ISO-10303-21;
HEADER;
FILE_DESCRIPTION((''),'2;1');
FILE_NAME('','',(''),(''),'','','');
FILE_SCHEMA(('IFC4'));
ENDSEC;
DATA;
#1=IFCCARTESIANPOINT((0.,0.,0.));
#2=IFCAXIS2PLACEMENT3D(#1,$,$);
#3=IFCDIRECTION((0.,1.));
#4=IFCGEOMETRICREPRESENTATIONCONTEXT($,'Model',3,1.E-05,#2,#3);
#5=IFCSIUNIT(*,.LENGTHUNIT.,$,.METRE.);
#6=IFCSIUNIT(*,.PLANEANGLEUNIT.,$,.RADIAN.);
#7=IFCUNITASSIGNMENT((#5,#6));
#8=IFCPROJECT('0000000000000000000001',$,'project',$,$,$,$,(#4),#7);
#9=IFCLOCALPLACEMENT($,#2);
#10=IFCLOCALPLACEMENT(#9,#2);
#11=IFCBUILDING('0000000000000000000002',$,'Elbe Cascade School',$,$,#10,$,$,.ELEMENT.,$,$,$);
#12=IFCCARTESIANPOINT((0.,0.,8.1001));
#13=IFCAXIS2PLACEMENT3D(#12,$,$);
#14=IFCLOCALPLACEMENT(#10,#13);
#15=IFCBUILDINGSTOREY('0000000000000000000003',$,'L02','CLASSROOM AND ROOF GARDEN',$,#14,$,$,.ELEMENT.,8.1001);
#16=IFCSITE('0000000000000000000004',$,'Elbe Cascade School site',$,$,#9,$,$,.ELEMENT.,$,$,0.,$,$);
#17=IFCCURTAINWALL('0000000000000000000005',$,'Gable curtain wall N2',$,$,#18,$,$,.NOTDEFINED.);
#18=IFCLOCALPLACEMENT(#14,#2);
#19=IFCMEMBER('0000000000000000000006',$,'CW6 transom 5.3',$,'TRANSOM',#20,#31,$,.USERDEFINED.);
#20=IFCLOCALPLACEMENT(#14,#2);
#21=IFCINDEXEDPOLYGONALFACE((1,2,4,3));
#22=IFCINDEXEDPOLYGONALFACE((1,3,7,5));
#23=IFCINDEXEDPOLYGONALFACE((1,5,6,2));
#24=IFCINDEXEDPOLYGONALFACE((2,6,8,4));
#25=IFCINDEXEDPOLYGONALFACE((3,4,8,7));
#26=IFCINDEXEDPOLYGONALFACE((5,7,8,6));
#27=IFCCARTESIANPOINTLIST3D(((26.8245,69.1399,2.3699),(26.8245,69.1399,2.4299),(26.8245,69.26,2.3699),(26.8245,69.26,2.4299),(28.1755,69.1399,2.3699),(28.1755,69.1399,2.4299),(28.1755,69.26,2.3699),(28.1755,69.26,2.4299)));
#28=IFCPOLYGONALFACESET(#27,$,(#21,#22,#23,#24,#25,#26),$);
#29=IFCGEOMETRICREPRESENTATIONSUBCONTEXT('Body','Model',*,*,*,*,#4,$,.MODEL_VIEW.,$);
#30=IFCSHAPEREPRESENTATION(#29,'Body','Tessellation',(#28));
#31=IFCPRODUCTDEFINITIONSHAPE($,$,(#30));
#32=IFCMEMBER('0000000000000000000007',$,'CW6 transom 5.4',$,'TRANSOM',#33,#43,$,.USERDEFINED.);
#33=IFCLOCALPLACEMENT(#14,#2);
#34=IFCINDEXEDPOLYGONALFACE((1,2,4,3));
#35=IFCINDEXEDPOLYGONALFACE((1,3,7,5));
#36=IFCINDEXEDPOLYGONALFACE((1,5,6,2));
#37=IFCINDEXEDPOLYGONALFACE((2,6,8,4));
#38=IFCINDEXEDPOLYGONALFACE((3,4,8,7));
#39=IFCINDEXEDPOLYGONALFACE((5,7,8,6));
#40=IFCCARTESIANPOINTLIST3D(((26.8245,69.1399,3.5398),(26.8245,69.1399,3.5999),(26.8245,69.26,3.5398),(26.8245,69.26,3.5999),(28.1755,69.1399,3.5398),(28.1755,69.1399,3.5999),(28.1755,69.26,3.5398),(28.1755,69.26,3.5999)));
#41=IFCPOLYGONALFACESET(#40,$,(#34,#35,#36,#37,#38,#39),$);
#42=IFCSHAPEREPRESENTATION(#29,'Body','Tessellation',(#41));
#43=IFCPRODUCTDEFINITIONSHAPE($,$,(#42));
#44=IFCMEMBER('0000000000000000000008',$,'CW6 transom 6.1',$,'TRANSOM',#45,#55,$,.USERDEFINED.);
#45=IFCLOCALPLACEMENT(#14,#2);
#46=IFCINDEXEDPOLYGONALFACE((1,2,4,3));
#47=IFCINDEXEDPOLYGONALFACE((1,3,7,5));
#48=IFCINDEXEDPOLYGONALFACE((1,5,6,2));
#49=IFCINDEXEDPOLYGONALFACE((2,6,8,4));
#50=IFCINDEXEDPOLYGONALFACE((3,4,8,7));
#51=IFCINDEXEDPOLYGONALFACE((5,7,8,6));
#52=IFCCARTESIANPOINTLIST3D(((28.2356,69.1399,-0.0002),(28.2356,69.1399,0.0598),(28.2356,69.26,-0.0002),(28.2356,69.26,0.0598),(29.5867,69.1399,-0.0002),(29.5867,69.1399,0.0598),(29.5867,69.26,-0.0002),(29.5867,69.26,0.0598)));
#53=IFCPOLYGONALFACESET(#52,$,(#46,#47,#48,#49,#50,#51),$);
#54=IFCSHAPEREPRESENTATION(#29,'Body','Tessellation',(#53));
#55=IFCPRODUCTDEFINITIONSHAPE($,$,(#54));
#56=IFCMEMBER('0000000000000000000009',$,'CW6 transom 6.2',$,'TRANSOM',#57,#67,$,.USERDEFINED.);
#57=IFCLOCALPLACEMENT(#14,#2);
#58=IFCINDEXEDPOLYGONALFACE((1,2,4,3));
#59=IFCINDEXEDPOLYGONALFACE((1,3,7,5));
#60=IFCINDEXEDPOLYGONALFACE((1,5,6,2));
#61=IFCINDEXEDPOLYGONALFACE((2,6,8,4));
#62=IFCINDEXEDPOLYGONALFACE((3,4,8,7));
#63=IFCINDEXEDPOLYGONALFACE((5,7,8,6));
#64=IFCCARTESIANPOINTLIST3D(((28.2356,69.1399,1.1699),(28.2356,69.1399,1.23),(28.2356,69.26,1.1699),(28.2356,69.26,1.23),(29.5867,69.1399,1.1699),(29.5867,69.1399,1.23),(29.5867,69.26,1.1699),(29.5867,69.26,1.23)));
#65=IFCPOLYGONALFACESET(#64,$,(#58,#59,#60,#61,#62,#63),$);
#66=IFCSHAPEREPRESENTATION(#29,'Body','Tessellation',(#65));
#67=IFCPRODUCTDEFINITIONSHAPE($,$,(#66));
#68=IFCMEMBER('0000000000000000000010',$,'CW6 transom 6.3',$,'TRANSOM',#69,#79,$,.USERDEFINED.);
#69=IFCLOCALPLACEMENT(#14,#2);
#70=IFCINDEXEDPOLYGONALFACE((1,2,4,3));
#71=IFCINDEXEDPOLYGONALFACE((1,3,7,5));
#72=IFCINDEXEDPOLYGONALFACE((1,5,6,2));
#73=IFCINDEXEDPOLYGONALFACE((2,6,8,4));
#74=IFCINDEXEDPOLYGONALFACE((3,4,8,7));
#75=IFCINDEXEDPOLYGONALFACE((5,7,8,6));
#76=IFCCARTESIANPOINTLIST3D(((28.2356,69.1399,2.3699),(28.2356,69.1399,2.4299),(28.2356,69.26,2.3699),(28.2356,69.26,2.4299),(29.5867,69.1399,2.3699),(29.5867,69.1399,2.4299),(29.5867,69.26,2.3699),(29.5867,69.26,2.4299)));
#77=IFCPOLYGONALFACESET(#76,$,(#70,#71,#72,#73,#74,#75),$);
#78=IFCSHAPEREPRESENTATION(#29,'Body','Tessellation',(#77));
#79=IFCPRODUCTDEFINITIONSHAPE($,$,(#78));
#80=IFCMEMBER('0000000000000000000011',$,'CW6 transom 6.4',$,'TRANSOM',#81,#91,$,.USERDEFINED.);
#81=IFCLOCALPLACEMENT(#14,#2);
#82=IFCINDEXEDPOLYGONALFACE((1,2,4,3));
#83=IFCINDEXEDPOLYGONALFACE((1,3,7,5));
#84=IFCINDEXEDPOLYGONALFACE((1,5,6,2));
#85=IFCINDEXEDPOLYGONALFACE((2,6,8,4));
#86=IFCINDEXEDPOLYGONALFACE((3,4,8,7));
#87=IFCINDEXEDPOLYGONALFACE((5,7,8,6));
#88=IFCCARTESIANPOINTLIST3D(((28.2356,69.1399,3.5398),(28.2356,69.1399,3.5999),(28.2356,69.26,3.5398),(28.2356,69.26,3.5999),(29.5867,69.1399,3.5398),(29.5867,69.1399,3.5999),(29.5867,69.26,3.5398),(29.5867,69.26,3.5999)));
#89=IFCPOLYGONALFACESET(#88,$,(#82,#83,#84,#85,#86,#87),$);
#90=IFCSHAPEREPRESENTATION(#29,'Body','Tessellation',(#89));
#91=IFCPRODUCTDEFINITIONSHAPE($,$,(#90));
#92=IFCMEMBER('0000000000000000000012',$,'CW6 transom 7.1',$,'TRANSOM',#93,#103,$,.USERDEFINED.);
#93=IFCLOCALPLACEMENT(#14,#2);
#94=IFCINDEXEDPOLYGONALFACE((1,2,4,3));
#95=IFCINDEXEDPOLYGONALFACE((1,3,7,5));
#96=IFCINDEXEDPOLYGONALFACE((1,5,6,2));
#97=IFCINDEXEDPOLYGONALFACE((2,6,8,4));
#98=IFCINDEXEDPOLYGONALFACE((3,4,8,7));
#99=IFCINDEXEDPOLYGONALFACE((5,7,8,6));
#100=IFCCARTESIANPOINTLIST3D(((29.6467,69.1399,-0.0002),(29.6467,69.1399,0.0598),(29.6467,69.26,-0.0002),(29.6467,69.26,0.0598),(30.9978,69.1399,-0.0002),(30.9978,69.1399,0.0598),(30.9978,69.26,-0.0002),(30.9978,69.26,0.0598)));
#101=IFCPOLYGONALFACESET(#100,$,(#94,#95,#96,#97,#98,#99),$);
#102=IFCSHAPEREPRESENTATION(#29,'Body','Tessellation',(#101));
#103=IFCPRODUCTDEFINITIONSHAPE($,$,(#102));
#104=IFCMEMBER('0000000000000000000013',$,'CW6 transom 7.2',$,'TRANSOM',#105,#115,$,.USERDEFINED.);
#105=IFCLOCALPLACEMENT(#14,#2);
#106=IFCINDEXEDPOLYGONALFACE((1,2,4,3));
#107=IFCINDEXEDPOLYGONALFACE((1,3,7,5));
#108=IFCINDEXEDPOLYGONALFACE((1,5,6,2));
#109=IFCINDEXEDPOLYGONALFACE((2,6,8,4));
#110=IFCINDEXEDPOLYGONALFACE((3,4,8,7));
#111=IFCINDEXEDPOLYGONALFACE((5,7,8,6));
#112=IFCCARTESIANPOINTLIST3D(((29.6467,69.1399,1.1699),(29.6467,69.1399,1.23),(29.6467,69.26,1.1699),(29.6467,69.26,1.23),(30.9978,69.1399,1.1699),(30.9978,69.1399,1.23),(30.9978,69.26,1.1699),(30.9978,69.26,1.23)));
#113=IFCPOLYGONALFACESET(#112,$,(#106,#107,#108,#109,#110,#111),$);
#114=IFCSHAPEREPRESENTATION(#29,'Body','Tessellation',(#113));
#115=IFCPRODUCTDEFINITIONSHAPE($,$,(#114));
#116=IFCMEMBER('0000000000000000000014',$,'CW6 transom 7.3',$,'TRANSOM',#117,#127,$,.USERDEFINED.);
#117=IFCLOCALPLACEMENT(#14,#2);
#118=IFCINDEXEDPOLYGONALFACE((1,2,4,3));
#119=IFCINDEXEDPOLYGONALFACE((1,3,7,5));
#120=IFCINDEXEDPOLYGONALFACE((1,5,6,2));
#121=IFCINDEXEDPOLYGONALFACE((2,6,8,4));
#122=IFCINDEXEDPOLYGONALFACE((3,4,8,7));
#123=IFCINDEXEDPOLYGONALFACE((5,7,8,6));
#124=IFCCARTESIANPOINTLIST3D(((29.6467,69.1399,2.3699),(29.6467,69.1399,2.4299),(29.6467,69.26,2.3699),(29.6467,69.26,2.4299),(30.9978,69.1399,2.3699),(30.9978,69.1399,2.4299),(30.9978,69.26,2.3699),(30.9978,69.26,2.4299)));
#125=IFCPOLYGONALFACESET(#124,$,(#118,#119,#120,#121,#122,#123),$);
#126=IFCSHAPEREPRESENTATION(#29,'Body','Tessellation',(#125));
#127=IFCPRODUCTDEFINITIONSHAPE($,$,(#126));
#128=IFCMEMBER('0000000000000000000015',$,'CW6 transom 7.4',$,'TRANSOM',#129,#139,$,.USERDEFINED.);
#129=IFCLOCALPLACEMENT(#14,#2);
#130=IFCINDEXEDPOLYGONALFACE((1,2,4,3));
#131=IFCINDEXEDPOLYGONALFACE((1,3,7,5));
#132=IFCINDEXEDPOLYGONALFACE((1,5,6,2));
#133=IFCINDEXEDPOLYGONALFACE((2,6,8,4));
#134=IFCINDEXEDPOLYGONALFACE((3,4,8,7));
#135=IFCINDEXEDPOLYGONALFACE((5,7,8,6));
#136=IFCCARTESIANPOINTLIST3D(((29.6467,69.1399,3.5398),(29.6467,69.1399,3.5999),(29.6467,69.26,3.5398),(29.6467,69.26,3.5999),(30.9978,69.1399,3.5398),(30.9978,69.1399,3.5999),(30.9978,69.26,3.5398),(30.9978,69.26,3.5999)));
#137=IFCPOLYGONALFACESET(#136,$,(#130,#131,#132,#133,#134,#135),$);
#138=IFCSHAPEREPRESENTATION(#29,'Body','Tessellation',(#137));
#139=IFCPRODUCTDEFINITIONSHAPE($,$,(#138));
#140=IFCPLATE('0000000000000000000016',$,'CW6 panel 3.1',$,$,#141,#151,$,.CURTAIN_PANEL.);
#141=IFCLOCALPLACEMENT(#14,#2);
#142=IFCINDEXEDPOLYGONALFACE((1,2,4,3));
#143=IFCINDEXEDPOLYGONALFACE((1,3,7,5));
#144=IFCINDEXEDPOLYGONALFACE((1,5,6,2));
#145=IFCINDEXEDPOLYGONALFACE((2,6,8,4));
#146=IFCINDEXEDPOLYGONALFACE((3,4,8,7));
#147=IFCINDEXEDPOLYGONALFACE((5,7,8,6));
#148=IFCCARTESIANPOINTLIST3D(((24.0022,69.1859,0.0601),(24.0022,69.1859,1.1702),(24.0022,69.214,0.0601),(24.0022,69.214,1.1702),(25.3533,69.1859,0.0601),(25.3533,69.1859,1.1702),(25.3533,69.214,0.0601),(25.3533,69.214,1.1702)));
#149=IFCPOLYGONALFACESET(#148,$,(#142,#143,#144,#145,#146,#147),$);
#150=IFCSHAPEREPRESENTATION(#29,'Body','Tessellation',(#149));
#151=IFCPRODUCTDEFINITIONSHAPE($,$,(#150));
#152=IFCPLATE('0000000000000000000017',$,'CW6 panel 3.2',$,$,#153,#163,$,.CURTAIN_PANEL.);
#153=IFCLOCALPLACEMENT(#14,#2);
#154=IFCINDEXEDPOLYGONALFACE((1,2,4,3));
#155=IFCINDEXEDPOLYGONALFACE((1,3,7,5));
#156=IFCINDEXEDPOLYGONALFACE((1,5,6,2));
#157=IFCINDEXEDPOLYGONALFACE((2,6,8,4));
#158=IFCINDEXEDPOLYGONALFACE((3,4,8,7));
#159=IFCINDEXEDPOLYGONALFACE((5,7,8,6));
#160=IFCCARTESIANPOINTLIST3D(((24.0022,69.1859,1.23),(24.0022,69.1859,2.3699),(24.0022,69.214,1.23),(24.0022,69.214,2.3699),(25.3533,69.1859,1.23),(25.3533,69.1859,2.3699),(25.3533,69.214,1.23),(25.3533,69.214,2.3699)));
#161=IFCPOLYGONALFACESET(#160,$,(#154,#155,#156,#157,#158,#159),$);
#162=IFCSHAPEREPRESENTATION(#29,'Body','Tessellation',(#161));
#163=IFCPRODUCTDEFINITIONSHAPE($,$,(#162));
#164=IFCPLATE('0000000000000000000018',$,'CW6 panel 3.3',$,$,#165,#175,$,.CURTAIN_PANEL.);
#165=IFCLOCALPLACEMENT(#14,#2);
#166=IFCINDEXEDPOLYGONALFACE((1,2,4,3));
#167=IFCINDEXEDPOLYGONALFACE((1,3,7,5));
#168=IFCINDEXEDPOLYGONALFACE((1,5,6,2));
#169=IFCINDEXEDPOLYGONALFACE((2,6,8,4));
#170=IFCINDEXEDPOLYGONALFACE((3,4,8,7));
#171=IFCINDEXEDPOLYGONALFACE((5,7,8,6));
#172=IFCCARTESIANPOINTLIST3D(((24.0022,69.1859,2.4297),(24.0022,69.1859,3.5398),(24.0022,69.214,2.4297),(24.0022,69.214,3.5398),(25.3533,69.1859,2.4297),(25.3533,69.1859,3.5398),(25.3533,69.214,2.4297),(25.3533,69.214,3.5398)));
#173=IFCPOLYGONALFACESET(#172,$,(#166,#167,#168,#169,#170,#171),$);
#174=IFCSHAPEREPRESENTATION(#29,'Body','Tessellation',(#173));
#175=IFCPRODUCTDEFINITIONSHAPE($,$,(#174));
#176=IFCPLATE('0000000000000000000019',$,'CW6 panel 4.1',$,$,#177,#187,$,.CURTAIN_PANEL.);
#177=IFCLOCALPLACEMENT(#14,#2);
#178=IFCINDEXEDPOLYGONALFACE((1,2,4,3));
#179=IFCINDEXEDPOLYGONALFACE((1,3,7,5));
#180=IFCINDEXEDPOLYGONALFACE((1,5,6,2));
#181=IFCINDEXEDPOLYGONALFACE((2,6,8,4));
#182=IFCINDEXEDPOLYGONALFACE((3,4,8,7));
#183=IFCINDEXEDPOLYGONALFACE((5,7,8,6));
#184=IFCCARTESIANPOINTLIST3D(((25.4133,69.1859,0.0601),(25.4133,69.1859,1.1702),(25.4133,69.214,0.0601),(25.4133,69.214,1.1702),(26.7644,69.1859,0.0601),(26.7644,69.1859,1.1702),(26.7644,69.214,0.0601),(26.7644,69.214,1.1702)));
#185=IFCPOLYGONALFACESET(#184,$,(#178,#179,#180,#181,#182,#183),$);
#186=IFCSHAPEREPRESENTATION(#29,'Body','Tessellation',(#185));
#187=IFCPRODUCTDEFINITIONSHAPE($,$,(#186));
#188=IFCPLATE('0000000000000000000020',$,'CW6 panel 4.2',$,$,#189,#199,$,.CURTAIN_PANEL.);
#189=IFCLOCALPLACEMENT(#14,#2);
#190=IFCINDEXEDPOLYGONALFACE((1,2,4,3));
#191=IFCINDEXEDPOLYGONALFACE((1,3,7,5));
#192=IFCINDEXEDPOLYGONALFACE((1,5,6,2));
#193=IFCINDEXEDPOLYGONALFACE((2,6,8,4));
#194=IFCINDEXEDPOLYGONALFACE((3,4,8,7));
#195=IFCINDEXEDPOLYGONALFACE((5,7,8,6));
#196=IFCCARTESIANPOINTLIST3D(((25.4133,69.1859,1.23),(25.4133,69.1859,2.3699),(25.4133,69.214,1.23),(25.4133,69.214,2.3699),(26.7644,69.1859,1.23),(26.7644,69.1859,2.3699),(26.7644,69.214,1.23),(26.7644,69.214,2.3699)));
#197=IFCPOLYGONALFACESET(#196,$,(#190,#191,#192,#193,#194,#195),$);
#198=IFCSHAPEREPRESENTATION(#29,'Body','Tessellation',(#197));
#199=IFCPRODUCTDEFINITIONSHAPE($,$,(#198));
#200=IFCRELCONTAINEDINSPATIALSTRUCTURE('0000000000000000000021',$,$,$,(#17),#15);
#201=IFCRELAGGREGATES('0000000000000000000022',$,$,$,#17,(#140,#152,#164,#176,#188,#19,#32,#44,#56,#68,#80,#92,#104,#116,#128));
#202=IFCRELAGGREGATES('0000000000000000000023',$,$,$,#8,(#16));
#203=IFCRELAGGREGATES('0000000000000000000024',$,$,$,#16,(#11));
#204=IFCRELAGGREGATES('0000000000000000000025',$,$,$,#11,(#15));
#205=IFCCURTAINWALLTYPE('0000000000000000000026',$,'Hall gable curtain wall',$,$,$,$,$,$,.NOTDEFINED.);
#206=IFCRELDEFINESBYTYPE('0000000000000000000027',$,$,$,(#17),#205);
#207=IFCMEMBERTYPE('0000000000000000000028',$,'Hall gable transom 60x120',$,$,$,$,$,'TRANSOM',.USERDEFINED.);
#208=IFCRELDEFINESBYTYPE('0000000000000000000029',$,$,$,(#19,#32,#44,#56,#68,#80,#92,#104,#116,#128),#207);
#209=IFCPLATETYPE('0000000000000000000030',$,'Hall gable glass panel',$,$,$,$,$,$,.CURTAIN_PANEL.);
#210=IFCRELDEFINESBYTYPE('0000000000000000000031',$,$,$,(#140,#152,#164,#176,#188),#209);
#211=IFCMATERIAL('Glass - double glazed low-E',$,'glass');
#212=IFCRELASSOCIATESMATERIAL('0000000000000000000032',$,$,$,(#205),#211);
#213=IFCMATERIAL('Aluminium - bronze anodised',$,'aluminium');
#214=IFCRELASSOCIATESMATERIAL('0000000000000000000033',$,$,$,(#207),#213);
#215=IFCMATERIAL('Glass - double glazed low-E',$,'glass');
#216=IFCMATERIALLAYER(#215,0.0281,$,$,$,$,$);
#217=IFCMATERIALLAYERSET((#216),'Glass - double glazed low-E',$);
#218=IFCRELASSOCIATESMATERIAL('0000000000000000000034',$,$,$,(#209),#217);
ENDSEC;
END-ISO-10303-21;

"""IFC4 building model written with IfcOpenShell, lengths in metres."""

from ifc_helpers import new_model, si_unit, direction, frame, origin, origin_2d, place, context, subcontext, project, spatial, rectangle, extrude, material, layer, layer_set, material_profile, profile_set, type_object, element, aggregate, save


model = new_model("IFC4")

# Units and contexts
model_context = context("Model", 3, precision=1e-05, world=origin(), true_north=direction((0.0, 1.0)))
body_context = subcontext(model_context, "Body", "Model", "MODEL_VIEW")
ifc_project = project(units=[si_unit("LENGTHUNIT", "METRE"), si_unit("PLANEANGLEUNIT", "RADIAN")], contexts=[model_context])

# Site, building, storey
site_placement = place(None, origin())
site = spatial("IfcSite", under=ifc_project, at=site_placement, Name="Elbe Cascade School site", CompositionType="ELEMENT", RefElevation=0.0)
building_placement = place(site_placement, origin())
building = spatial("IfcBuilding", under=site, at=building_placement, Name="Elbe Cascade School", CompositionType="ELEMENT")
storey_placement = place(building_placement, frame((0.0, 0.0, 8.1001)))
storey = spatial("IfcBuildingStorey", under=building, at=storey_placement, Name="L02", Description="CLASSROOM AND ROOF GARDEN", CompositionType="ELEMENT", Elevation=8.1001)

# Curtain wall, members, plates
ifc_material_1 = material(Name="Glass - double glazed low-E", Category="glass")
curtain_wall_type = type_object("IfcCurtainWallType", Name="Hall gable curtain wall", PredefinedType="NOTDEFINED", material=ifc_material_1)
curtain_wall_placement = place(storey_placement, origin())
curtain_wall = element("IfcCurtainWall", 1, at=curtain_wall_placement, inside=storey, type_object=curtain_wall_type, Name="Gable curtain wall N2", PredefinedType="NOTDEFINED")
ifc_material_2 = material(Name="Aluminium - bronze anodised", Category="aluminium")
ifc_material_profile_1 = material_profile(ifc_material_2, rectangle(XDim=0.1201, YDim=0.0601, at=origin_2d()), Name="Alu 60x120")
ifc_profile_set_1 = profile_set([ifc_material_profile_1], Name="Aluminium - bronze anodised")
member_type_1 = type_object("IfcMemberType", Name="Hall gable transom 60x120", ElementType="TRANSOM", PredefinedType="USERDEFINED", material=ifc_profile_set_1)
member_1_placement = place(storey_placement, frame((26.8245, 69.2, 2.3999), z_axis=(1.0, 0.0, 0.0), x_axis=(0.0, 1.0, 0.0)))
member_1 = element("IfcMember", 2, at=member_1_placement, type_object=member_type_1, Name="CW6 transom 5.3", ObjectType="TRANSOM", PredefinedType="USERDEFINED", context=body_context, shape_type="SweptSolid", body=[
    extrude(rectangle(XDim=0.1201, YDim=0.0601, at=origin_2d()), origin(), (0.0, 0.0, 1.0), 1.3511),
])
member_2_placement = place(storey_placement, frame((26.8245, 69.2, 3.5698), z_axis=(1.0, 0.0, 0.0), x_axis=(0.0, 1.0, 0.0)))
member_2 = element("IfcMember", 3, at=member_2_placement, type_object=member_type_1, Name="CW6 transom 5.4", ObjectType="TRANSOM", PredefinedType="USERDEFINED", context=body_context, shape_type="SweptSolid", body=[
    extrude(rectangle(XDim=0.1201, YDim=0.0601, at=origin_2d()), origin(), (0.0, 0.0, 1.0), 1.3511),
])
member_3_placement = place(storey_placement, frame((28.2356, 69.2, 0.0298), z_axis=(1.0, 0.0, 0.0), x_axis=(0.0, 1.0, 0.0)))
member_3 = element("IfcMember", 4, at=member_3_placement, type_object=member_type_1, Name="CW6 transom 6.1", ObjectType="TRANSOM", PredefinedType="USERDEFINED", context=body_context, shape_type="SweptSolid", body=[
    extrude(rectangle(XDim=0.1201, YDim=0.0601, at=origin_2d()), origin(), (0.0, 0.0, 1.0), 1.3511),
])
member_4_placement = place(storey_placement, frame((28.2356, 69.2, 1.2), z_axis=(1.0, 0.0, 0.0), x_axis=(0.0, 1.0, 0.0)))
member_4 = element("IfcMember", 5, at=member_4_placement, type_object=member_type_1, Name="CW6 transom 6.2", ObjectType="TRANSOM", PredefinedType="USERDEFINED", context=body_context, shape_type="SweptSolid", body=[
    extrude(rectangle(XDim=0.1201, YDim=0.0601, at=origin_2d()), origin(), (0.0, 0.0, 1.0), 1.3511),
])
member_5_placement = place(storey_placement, frame((28.2356, 69.2, 2.3999), z_axis=(1.0, 0.0, 0.0), x_axis=(0.0, 1.0, 0.0)))
member_5 = element("IfcMember", 6, at=member_5_placement, type_object=member_type_1, Name="CW6 transom 6.3", ObjectType="TRANSOM", PredefinedType="USERDEFINED", context=body_context, shape_type="SweptSolid", body=[
    extrude(rectangle(XDim=0.1201, YDim=0.0601, at=origin_2d()), origin(), (0.0, 0.0, 1.0), 1.3511),
])
member_6_placement = place(storey_placement, frame((28.2356, 69.2, 3.5698), z_axis=(1.0, 0.0, 0.0), x_axis=(0.0, 1.0, 0.0)))
member_6 = element("IfcMember", 7, at=member_6_placement, type_object=member_type_1, Name="CW6 transom 6.4", ObjectType="TRANSOM", PredefinedType="USERDEFINED", context=body_context, shape_type="SweptSolid", body=[
    extrude(rectangle(XDim=0.1201, YDim=0.0601, at=origin_2d()), origin(), (0.0, 0.0, 1.0), 1.3511),
])
member_7_placement = place(storey_placement, frame((29.6467, 69.2, 0.0298), z_axis=(1.0, 0.0, 0.0), x_axis=(0.0, 1.0, 0.0)))
member_7 = element("IfcMember", 8, at=member_7_placement, type_object=member_type_1, Name="CW6 transom 7.1", ObjectType="TRANSOM", PredefinedType="USERDEFINED", context=body_context, shape_type="SweptSolid", body=[
    extrude(rectangle(XDim=0.1201, YDim=0.0601, at=origin_2d()), origin(), (0.0, 0.0, 1.0), 1.3511),
])
member_8_placement = place(storey_placement, frame((29.6467, 69.2, 1.2), z_axis=(1.0, 0.0, 0.0), x_axis=(0.0, 1.0, 0.0)))
member_8 = element("IfcMember", 9, at=member_8_placement, type_object=member_type_1, Name="CW6 transom 7.2", ObjectType="TRANSOM", PredefinedType="USERDEFINED", context=body_context, shape_type="SweptSolid", body=[
    extrude(rectangle(XDim=0.1201, YDim=0.0601, at=origin_2d()), origin(), (0.0, 0.0, 1.0), 1.3511),
])
member_9_placement = place(storey_placement, frame((29.6467, 69.2, 2.3999), z_axis=(1.0, 0.0, 0.0), x_axis=(0.0, 1.0, 0.0)))
member_9 = element("IfcMember", 10, at=member_9_placement, type_object=member_type_1, Name="CW6 transom 7.3", ObjectType="TRANSOM", PredefinedType="USERDEFINED", context=body_context, shape_type="SweptSolid", body=[
    extrude(rectangle(XDim=0.1201, YDim=0.0601, at=origin_2d()), origin(), (0.0, 0.0, 1.0), 1.3511),
])
member_10_placement = place(storey_placement, frame((29.6467, 69.2, 3.5698), z_axis=(1.0, 0.0, 0.0), x_axis=(0.0, 1.0, 0.0)))
member_10 = element("IfcMember", 11, at=member_10_placement, type_object=member_type_1, Name="CW6 transom 7.4", ObjectType="TRANSOM", PredefinedType="USERDEFINED", context=body_context, shape_type="SweptSolid", body=[
    extrude(rectangle(XDim=0.1201, YDim=0.0601, at=origin_2d()), origin(), (0.0, 0.0, 1.0), 1.3511),
])
ifc_material_3 = material(Name="Glass - double glazed low-E", Category="glass")
ifc_layer = layer(ifc_material_3, 0.0281)
ifc_layer_set = layer_set([ifc_layer], Name="Glass - double glazed low-E")
plate_type = type_object("IfcPlateType", Name="Hall gable glass panel", PredefinedType="CURTAIN_PANEL", material=ifc_layer_set)
plate_1_placement = place(storey_placement, frame((24.6777, 69.2, 0.0601), z_axis=(0.0, 0.0, 1.0), x_axis=(1.0, 0.0, 0.0)))
plate_1 = element("IfcPlate", 12, at=plate_1_placement, type_object=plate_type, Name="CW6 panel 3.1", PredefinedType="CURTAIN_PANEL", context=body_context, shape_type="SweptSolid", body=[
    extrude(rectangle(XDim=1.3511, YDim=0.0281, at=origin_2d()), origin(), (0.0, 0.0, 1.0), 1.1101),
])
plate_2_placement = place(storey_placement, frame((24.6777, 69.2, 1.23), z_axis=(0.0, 0.0, 1.0), x_axis=(1.0, 0.0, 0.0)))
plate_2 = element("IfcPlate", 13, at=plate_2_placement, type_object=plate_type, Name="CW6 panel 3.2", PredefinedType="CURTAIN_PANEL", context=body_context, shape_type="SweptSolid", body=[
    extrude(rectangle(XDim=1.3511, YDim=0.0281, at=origin_2d()), origin(), (0.0, 0.0, 1.0), 1.1399),
])
plate_3_placement = place(storey_placement, frame((24.6777, 69.2, 2.4297), z_axis=(0.0, 0.0, 1.0), x_axis=(1.0, 0.0, 0.0)))
plate_3 = element("IfcPlate", 14, at=plate_3_placement, type_object=plate_type, Name="CW6 panel 3.3", PredefinedType="CURTAIN_PANEL", context=body_context, shape_type="SweptSolid", body=[
    extrude(rectangle(XDim=1.3511, YDim=0.0281, at=origin_2d()), origin(), (0.0, 0.0, 1.0), 1.1101),
])
plate_4_placement = place(storey_placement, frame((26.0889, 69.2, 0.0601), z_axis=(0.0, 0.0, 1.0), x_axis=(1.0, 0.0, 0.0)))
plate_4 = element("IfcPlate", 15, at=plate_4_placement, type_object=plate_type, Name="CW6 panel 4.1", PredefinedType="CURTAIN_PANEL", context=body_context, shape_type="SweptSolid", body=[
    extrude(rectangle(XDim=1.3511, YDim=0.0281, at=origin_2d()), origin(), (0.0, 0.0, 1.0), 1.1101),
])
plate_5_placement = place(storey_placement, frame((26.0889, 69.2, 1.23), z_axis=(0.0, 0.0, 1.0), x_axis=(1.0, 0.0, 0.0)))
plate_5 = element("IfcPlate", 16, at=plate_5_placement, type_object=plate_type, Name="CW6 panel 4.2", PredefinedType="CURTAIN_PANEL", context=body_context, shape_type="SweptSolid", body=[
    extrude(rectangle(XDim=1.3511, YDim=0.0281, at=origin_2d()), origin(), (0.0, 0.0, 1.0), 1.1399),
])
aggregate(curtain_wall, [plate_1, plate_2, plate_3, plate_4, plate_5, member_1, member_2, member_3, member_4, member_5, member_6, member_7, member_8, member_9, member_10])

save(model, "model.ifc")
